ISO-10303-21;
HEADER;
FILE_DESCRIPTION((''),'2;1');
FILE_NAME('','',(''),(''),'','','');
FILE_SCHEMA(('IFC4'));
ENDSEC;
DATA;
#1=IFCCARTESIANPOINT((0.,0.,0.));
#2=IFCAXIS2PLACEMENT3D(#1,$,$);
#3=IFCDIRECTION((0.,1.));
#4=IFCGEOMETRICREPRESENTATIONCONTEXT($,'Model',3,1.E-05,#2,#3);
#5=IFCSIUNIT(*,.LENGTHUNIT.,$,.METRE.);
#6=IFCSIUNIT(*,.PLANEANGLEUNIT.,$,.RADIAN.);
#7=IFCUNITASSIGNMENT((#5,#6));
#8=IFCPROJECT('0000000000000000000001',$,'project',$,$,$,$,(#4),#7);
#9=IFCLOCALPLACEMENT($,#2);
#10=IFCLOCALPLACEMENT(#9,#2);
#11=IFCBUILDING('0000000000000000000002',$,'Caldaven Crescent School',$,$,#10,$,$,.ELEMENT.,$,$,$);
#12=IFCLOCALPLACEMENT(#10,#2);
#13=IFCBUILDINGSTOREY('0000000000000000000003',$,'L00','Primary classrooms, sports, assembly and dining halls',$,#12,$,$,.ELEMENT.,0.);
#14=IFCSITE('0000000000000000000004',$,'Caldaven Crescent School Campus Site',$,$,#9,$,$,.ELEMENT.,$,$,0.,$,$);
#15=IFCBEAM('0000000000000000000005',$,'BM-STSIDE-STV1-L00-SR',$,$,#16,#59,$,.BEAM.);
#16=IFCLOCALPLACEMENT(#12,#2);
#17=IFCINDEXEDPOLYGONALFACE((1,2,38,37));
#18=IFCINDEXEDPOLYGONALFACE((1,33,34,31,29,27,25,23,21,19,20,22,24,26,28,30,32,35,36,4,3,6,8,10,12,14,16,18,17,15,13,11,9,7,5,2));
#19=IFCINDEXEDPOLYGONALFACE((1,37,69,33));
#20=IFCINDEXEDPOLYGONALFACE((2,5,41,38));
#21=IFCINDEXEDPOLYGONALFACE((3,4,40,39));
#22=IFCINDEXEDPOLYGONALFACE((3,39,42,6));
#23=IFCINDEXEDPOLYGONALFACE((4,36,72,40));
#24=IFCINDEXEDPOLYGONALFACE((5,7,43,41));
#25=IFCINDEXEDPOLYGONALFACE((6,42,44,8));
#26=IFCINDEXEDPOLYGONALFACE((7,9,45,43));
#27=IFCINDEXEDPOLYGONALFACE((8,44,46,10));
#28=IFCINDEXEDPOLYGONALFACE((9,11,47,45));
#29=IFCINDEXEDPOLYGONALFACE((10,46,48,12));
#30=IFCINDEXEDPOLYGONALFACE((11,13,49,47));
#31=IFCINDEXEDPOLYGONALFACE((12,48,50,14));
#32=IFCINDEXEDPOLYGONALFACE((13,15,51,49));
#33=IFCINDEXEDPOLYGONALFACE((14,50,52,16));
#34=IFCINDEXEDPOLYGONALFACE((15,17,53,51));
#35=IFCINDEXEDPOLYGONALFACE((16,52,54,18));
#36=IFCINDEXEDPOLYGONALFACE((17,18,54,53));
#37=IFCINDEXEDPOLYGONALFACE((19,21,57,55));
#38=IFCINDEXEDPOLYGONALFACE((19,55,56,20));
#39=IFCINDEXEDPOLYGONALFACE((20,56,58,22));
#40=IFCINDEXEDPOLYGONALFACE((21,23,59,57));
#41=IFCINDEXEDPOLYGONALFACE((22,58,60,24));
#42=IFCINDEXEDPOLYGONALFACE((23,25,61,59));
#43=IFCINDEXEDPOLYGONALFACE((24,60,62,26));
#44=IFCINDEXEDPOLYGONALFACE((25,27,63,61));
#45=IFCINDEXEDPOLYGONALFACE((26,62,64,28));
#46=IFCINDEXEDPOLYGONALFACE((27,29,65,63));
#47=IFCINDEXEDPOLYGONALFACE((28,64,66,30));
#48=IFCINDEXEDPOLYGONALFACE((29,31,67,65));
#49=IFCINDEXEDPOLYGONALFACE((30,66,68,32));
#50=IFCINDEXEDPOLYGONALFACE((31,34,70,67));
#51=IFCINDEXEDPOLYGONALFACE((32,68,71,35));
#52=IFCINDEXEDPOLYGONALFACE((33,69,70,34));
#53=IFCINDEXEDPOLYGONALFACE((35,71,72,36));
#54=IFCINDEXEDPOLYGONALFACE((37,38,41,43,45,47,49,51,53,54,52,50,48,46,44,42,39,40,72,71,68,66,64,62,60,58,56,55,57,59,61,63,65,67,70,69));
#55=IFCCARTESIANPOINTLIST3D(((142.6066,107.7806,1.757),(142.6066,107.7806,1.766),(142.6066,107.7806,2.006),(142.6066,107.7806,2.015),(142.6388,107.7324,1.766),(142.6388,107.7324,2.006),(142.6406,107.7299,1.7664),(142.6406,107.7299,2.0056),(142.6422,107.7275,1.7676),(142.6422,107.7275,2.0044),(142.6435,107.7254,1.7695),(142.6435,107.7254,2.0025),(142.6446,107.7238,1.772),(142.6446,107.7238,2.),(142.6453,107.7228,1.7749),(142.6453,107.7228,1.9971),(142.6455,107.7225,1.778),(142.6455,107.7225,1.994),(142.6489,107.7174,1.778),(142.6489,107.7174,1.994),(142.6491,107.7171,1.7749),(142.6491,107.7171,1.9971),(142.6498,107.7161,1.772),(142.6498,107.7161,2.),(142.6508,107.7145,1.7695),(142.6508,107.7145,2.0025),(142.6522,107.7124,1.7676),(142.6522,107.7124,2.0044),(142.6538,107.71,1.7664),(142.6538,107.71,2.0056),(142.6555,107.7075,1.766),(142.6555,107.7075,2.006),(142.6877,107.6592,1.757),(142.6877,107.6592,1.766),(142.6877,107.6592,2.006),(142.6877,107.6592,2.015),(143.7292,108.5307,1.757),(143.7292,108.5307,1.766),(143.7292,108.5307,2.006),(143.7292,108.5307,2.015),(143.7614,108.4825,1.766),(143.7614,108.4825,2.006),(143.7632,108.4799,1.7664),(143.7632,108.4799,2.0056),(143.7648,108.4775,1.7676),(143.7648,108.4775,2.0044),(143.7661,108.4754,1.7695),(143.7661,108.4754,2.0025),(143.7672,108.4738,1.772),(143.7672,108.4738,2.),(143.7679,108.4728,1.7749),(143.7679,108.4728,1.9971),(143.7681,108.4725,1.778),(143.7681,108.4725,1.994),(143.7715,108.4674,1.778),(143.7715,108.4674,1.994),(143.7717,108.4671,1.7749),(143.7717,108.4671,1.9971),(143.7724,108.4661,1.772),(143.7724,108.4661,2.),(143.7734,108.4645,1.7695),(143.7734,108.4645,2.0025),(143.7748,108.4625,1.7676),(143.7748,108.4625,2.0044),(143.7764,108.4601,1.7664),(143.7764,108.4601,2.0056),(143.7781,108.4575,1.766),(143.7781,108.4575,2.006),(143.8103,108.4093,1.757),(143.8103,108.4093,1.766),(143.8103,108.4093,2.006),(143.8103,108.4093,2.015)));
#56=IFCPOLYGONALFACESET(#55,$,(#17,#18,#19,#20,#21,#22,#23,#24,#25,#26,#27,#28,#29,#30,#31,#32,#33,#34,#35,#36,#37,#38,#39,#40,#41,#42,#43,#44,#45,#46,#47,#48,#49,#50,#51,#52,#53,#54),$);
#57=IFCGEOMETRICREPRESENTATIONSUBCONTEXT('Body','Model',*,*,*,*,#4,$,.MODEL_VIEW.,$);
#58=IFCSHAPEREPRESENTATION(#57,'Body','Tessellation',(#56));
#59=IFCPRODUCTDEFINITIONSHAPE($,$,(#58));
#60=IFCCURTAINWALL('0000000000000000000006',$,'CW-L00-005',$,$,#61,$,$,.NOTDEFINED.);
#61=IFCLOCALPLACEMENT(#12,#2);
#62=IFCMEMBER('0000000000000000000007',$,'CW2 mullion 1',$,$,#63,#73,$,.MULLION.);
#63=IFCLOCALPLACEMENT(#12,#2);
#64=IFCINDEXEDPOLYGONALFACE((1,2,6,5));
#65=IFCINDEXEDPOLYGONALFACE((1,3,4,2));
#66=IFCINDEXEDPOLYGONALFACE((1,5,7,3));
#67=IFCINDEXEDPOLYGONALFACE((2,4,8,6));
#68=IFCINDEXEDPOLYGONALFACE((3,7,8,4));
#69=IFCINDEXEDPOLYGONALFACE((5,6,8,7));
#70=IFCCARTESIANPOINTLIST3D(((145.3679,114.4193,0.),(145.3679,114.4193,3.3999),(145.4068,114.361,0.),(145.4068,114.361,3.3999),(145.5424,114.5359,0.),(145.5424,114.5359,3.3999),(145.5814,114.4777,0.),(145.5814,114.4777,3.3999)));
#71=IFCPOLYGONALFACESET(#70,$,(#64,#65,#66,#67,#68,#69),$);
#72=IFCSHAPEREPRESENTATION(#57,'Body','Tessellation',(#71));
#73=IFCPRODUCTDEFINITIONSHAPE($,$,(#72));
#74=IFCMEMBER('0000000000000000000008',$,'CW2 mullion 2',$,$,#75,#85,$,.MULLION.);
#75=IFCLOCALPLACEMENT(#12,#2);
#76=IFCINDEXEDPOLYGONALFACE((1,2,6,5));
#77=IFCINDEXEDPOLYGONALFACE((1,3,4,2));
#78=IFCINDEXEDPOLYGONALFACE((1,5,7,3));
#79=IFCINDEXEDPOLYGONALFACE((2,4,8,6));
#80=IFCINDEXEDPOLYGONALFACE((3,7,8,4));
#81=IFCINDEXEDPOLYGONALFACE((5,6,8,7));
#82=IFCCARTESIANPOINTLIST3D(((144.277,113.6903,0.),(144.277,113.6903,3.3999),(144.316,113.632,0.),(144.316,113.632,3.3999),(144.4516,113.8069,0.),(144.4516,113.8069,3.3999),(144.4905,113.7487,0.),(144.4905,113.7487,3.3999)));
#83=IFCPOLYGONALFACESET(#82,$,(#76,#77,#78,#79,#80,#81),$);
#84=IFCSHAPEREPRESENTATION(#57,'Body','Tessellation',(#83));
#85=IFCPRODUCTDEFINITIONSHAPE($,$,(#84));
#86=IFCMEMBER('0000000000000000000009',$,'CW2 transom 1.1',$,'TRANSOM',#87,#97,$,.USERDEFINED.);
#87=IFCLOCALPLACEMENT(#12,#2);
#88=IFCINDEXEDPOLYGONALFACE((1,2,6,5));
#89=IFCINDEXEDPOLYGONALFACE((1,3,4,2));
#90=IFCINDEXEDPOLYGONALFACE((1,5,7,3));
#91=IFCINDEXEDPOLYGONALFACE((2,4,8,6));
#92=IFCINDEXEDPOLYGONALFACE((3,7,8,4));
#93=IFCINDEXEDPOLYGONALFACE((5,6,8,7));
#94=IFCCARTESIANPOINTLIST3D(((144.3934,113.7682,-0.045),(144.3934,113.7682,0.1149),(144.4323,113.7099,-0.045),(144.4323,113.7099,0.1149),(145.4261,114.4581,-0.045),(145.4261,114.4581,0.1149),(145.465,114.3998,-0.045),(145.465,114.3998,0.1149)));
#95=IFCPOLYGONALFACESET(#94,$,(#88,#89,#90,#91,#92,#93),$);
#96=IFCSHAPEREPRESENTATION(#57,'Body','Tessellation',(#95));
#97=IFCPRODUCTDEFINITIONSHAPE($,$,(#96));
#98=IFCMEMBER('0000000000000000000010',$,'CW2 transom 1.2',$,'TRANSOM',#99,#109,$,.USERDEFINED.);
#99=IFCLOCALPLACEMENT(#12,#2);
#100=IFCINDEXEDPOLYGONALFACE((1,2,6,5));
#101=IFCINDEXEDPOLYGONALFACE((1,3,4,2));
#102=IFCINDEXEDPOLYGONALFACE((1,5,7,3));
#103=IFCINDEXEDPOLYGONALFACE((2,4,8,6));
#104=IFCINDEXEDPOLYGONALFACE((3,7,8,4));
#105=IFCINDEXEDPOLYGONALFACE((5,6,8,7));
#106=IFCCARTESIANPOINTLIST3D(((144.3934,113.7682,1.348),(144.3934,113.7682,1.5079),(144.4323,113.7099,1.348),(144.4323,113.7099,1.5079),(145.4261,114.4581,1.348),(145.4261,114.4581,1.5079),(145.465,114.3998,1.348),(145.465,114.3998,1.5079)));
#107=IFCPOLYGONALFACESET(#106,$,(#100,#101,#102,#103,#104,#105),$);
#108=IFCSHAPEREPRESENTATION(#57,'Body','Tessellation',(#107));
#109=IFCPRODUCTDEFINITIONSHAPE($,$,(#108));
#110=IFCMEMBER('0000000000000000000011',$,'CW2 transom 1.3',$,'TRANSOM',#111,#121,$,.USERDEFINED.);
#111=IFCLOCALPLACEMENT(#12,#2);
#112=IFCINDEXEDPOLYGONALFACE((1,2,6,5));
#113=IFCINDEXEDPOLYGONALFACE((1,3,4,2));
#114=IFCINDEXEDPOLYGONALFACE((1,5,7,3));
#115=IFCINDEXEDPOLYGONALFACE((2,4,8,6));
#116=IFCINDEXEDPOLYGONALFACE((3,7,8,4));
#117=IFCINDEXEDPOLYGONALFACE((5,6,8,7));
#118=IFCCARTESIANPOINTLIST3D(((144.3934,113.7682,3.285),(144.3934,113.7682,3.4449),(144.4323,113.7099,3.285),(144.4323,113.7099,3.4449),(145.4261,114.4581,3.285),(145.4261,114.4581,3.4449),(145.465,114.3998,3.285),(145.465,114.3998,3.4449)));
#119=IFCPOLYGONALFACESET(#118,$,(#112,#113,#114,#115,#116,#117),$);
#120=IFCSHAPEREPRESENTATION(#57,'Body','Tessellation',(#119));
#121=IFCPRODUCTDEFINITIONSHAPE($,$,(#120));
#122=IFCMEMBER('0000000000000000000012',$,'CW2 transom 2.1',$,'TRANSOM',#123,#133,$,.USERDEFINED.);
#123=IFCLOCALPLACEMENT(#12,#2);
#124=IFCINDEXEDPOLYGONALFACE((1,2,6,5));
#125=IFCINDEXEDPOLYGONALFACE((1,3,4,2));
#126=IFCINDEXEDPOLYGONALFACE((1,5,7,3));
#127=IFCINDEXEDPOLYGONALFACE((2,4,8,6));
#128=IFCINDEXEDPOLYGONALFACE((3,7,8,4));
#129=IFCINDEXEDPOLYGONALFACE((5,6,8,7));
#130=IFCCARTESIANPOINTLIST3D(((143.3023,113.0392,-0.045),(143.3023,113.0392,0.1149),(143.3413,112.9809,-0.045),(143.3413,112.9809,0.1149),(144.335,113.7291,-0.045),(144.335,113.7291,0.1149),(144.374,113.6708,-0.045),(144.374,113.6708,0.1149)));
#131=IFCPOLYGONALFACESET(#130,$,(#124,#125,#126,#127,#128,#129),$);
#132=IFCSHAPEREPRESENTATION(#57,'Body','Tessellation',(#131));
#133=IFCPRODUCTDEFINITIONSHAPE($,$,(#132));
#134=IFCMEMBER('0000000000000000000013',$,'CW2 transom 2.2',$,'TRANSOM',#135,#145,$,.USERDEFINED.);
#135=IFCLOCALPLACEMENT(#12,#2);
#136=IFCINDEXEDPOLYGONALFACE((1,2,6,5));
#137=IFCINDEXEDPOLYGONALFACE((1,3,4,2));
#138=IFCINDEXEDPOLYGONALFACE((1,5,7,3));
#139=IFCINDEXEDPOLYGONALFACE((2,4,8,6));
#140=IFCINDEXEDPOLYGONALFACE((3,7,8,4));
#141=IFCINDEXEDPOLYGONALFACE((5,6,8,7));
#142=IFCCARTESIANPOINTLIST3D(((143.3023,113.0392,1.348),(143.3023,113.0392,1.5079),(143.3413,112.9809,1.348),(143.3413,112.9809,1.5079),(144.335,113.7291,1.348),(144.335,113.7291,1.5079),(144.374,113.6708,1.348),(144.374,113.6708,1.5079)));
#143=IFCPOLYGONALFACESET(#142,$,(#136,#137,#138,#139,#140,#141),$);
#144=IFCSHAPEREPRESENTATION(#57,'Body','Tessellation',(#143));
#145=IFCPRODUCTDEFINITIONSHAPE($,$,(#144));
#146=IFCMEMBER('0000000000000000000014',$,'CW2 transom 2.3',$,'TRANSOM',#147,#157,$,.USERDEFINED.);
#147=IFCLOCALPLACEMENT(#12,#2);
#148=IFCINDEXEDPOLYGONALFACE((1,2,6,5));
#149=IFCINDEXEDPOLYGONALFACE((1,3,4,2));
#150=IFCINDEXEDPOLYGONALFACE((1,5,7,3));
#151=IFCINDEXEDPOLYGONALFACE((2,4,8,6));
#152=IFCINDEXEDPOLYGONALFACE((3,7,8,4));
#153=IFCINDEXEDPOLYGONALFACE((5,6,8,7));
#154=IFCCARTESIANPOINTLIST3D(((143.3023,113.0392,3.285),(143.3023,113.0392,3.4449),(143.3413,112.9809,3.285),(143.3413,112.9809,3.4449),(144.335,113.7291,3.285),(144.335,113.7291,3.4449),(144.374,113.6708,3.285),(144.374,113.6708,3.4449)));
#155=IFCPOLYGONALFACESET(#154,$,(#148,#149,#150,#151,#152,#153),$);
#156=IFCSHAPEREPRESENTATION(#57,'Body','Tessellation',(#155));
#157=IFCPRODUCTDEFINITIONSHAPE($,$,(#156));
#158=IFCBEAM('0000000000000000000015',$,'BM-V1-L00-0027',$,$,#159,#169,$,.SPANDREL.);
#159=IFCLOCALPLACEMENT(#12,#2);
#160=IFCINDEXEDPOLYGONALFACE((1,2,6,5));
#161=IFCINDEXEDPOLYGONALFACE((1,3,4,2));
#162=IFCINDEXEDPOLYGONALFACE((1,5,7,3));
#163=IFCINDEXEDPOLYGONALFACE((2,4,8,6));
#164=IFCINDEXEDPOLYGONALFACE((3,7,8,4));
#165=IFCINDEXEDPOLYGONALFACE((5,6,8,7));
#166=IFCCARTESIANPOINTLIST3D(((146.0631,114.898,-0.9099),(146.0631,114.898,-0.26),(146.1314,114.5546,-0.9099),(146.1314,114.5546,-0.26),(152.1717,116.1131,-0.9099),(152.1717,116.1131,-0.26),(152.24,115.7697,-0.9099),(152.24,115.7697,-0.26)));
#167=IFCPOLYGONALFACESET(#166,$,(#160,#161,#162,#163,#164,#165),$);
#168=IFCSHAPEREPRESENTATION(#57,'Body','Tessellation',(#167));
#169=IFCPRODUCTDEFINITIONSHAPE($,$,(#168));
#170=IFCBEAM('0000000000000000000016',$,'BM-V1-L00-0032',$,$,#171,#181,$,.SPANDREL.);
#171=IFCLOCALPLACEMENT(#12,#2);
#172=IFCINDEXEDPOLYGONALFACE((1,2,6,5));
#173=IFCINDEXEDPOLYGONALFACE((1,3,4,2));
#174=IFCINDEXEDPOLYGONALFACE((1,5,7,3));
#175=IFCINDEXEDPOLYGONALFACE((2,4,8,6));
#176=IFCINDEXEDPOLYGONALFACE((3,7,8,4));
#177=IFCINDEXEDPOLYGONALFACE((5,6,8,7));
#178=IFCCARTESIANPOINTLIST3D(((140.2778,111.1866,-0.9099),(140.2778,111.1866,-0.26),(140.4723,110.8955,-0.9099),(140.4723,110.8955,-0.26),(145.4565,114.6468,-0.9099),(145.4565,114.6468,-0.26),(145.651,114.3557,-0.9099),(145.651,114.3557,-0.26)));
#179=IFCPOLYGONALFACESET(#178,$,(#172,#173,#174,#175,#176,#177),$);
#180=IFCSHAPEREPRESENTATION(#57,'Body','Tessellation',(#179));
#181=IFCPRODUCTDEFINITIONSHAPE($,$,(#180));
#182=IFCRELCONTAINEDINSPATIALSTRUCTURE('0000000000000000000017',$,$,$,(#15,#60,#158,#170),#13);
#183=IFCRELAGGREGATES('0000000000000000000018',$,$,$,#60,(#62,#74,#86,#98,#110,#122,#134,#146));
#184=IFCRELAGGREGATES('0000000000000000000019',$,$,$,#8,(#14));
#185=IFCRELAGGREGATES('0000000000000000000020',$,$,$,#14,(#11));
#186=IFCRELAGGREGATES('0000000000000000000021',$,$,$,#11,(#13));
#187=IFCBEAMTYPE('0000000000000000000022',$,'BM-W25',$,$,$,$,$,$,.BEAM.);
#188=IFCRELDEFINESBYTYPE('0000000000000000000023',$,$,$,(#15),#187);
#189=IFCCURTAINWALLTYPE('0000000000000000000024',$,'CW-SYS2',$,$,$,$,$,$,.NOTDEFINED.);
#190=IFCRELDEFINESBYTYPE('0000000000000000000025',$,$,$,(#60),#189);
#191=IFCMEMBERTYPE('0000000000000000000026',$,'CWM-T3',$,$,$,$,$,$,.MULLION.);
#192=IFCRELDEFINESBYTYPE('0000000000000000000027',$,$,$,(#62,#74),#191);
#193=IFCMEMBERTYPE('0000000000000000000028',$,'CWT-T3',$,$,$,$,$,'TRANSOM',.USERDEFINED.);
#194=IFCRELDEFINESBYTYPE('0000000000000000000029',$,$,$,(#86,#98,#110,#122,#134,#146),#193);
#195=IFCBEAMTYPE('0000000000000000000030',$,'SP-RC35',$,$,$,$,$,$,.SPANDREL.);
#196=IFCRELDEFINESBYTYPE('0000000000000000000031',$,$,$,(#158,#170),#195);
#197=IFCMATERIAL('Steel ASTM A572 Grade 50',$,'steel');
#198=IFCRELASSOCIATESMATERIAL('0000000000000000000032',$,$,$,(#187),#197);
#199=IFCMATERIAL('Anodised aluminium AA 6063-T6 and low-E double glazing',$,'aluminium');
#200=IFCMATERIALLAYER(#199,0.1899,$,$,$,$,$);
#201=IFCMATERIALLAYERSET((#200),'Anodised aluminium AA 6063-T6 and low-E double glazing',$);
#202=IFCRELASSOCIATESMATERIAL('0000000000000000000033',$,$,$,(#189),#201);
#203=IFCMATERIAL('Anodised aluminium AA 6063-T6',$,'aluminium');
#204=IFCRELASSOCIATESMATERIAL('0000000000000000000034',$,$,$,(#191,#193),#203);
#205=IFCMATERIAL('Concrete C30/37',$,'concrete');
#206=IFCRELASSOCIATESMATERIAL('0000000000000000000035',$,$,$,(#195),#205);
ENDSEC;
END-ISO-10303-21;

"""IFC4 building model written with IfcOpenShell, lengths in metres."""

from ifc_helpers import new_model, si_unit, direction, frame, origin, origin_2d, place, context, subcontext, project, spatial, rectangle, i_section, extrude, material, layer, layer_set, material_profile, profile_set, type_object, element, aggregate, save


model = new_model("IFC4")

# Units and contexts
model_context = context("Model", 3, precision=1e-05, world=origin(), true_north=direction((0.0, 1.0)))
body_context = subcontext(model_context, "Body", "Model", "MODEL_VIEW")
ifc_project = project(units=[si_unit("LENGTHUNIT", "METRE"), si_unit("PLANEANGLEUNIT", "RADIAN")], contexts=[model_context])

# Site, building, storey
site_placement = place(None, origin())
site = spatial("IfcSite", under=ifc_project, at=site_placement, Name="Caldaven Crescent School Campus Site", CompositionType="ELEMENT", RefElevation=0.0)
building_placement = place(site_placement, origin())
building = spatial("IfcBuilding", under=site, at=building_placement, Name="Caldaven Crescent School", CompositionType="ELEMENT")
storey_placement = place(building_placement, origin())
storey = spatial("IfcBuildingStorey", under=building, at=storey_placement, Name="L00", Description="Primary classrooms, sports, assembly and dining halls", CompositionType="ELEMENT", Elevation=0.0)

# Shared definitions
ifc_material_1 = material(Name="Steel ASTM A572 Grade 50", Category="steel")

# Beam
ifc_material_2 = material(Name="Concrete C30/37", Category="concrete")
ifc_material_profile_1 = material_profile(ifc_material_1, i_section(OverallWidth=0.146, OverallDepth=0.2581, WebThickness=0.0061, FlangeThickness=0.009, FilletRadius=0.012, at=origin_2d()), Name="W250x33")
ifc_profile_set_1 = profile_set([ifc_material_profile_1], Name="Steel ASTM A572 Grade 50")
beam_type_1 = type_object("IfcBeamType", Name="BM-W25", PredefinedType="BEAM", material=ifc_profile_set_1)
beam_1_placement = place(storey_placement, frame((143.7698, 108.47, 1.886), z_axis=(-0.831493, -0.555535, 0.0), x_axis=(0.555535, -0.831493, 0.0)))
element("IfcBeam", 1, at=beam_1_placement, inside=storey, type_object=beam_type_1, Name="BM-STSIDE-STV1-L00-SR", PredefinedType="BEAM", context=body_context, shape_type="SweptSolid", body=[
    extrude(i_section(OverallWidth=0.146, OverallDepth=0.2581, WebThickness=0.0061, FlangeThickness=0.009, FilletRadius=0.012, at=origin_2d()), origin(), (0.0, 0.0, 1.0), 1.3501),
])

# Curtain wall, members
ifc_material_3 = material(Name="Anodised aluminium AA 6063-T6 and low-E double glazing", Category="aluminium")
ifc_layer_1 = layer(ifc_material_3, 0.1899)
ifc_layer_set_1 = layer_set([ifc_layer_1], Name="Anodised aluminium AA 6063-T6 and low-E double glazing")
curtain_wall_type = type_object("IfcCurtainWallType", Name="CW-SYS2", PredefinedType="NOTDEFINED", material=ifc_layer_set_1)
curtain_wall_placement = place(storey_placement, origin())
curtain_wall = element("IfcCurtainWall", 2, at=curtain_wall_placement, inside=storey, type_object=curtain_wall_type, Name="CW-L00-005", PredefinedType="NOTDEFINED")
ifc_material_4 = material(Name="Anodised aluminium AA 6063-T6", Category="aluminium")
ifc_material_profile_2 = material_profile(ifc_material_4, rectangle(XDim=0.0701, YDim=0.21, at=origin_2d()), Name="CWM 70x210")
ifc_profile_set_2 = profile_set([ifc_material_profile_2], Name="Anodised aluminium AA 6063-T6")
member_type_1 = type_object("IfcMemberType", Name="CWM-T3", PredefinedType="MULLION", material=ifc_profile_set_2)
member_1_placement = place(storey_placement, frame((145.4746, 114.4485, 0.0), z_axis=(0.0, 0.0, 1.0), x_axis=(0.555569, -0.83147, 0.0)))
member_1 = element("IfcMember", 3, at=member_1_placement, type_object=member_type_1, Name="CW2 mullion 1", PredefinedType="MULLION", context=body_context, shape_type="SweptSolid", body=[
    extrude(rectangle(XDim=0.0701, YDim=0.21, at=origin_2d()), origin(), (0.0, 0.0, 1.0), 3.3999),
])
member_2_placement = place(storey_placement, frame((144.3838, 113.7195, 0.0), z_axis=(0.0, 0.0, 1.0), x_axis=(0.555569, -0.83147, 0.0)))
member_2 = element("IfcMember", 4, at=member_2_placement, type_object=member_type_1, Name="CW2 mullion 2", PredefinedType="MULLION", context=body_context, shape_type="SweptSolid", body=[
    extrude(rectangle(XDim=0.0701, YDim=0.21, at=origin_2d()), origin(), (0.0, 0.0, 1.0), 3.3999),
])
ifc_material_profile_3 = material_profile(ifc_material_4, rectangle(XDim=0.0701, YDim=0.1599, at=origin_2d()), Name="CWT 70x160")
ifc_profile_set_3 = profile_set([ifc_material_profile_3], Name="Anodised aluminium AA 6063-T6")
member_type_2 = type_object("IfcMemberType", Name="CWT-T3", ElementType="TRANSOM", PredefinedType="USERDEFINED", material=ifc_profile_set_3)
member_3_placement = place(storey_placement, frame((145.4456, 114.429, 0.0349), z_axis=(-0.831506, -0.555516, 0.0), x_axis=(0.555516, -0.831506, 0.0)))
member_3 = element("IfcMember", 5, at=member_3_placement, type_object=member_type_2, Name="CW2 transom 1.1", ObjectType="TRANSOM", PredefinedType="USERDEFINED", context=body_context, shape_type="SweptSolid", body=[
    extrude(rectangle(XDim=0.0701, YDim=0.1599, at=origin_2d()), origin(), (0.0, 0.0, 1.0), 1.2419),
])
member_4_placement = place(storey_placement, frame((145.4456, 114.429, 1.428), z_axis=(-0.831506, -0.555516, 0.0), x_axis=(0.555516, -0.831506, 0.0)))
member_4 = element("IfcMember", 6, at=member_4_placement, type_object=member_type_2, Name="CW2 transom 1.2", ObjectType="TRANSOM", PredefinedType="USERDEFINED", context=body_context, shape_type="SweptSolid", body=[
    extrude(rectangle(XDim=0.0701, YDim=0.1599, at=origin_2d()), origin(), (0.0, 0.0, 1.0), 1.2419),
])
member_5_placement = place(storey_placement, frame((145.4456, 114.429, 3.365), z_axis=(-0.831506, -0.555516, 0.0), x_axis=(0.555516, -0.831506, 0.0)))
member_5 = element("IfcMember", 7, at=member_5_placement, type_object=member_type_2, Name="CW2 transom 1.3", ObjectType="TRANSOM", PredefinedType="USERDEFINED", context=body_context, shape_type="SweptSolid", body=[
    extrude(rectangle(XDim=0.0701, YDim=0.1599, at=origin_2d()), origin(), (0.0, 0.0, 1.0), 1.2419),
])
member_6_placement = place(storey_placement, frame((144.3545, 113.7, 0.0349), z_axis=(-0.831506, -0.555516, 0.0), x_axis=(0.555516, -0.831506, 0.0)))
member_6 = element("IfcMember", 8, at=member_6_placement, type_object=member_type_2, Name="CW2 transom 2.1", ObjectType="TRANSOM", PredefinedType="USERDEFINED", context=body_context, shape_type="SweptSolid", body=[
    extrude(rectangle(XDim=0.0701, YDim=0.1599, at=origin_2d()), origin(), (0.0, 0.0, 1.0), 1.2419),
])
member_7_placement = place(storey_placement, frame((144.3545, 113.7, 1.428), z_axis=(-0.831506, -0.555516, 0.0), x_axis=(0.555516, -0.831506, 0.0)))
member_7 = element("IfcMember", 9, at=member_7_placement, type_object=member_type_2, Name="CW2 transom 2.2", ObjectType="TRANSOM", PredefinedType="USERDEFINED", context=body_context, shape_type="SweptSolid", body=[
    extrude(rectangle(XDim=0.0701, YDim=0.1599, at=origin_2d()), origin(), (0.0, 0.0, 1.0), 1.2419),
])
member_8_placement = place(storey_placement, frame((144.3545, 113.7, 3.365), z_axis=(-0.831506, -0.555516, 0.0), x_axis=(0.555516, -0.831506, 0.0)))
member_8 = element("IfcMember", 10, at=member_8_placement, type_object=member_type_2, Name="CW2 transom 2.3", ObjectType="TRANSOM", PredefinedType="USERDEFINED", context=body_context, shape_type="SweptSolid", body=[
    extrude(rectangle(XDim=0.0701, YDim=0.1599, at=origin_2d()), origin(), (0.0, 0.0, 1.0), 1.2419),
])

# Beams
ifc_material_profile_4 = material_profile(ifc_material_2, rectangle(XDim=0.3501, YDim=0.6499, at=origin_2d()), Name="RC 350x650")
ifc_profile_set_4 = profile_set([ifc_material_profile_4], Name="Concrete C30/37")
beam_type_2 = type_object("IfcBeamType", Name="SP-RC35", PredefinedType="SPANDREL", material=ifc_profile_set_4)
for number, where, z_axis, x_axis, name in (
    (11, (152.2058, 115.9414, -0.585), (-0.980785, -0.195091, 0.0), (0.195091, -0.980785, 0.0), "BM-V1-L00-0027"),
    (12, (145.5537, 114.5012, -0.585), (-0.831477, -0.555559, 0.0), (0.555559, -0.831477, 0.0), "BM-V1-L00-0032"),
):
    element("IfcBeam", number, at=place(storey_placement, frame(where, z_axis=z_axis, x_axis=x_axis)), inside=storey, type_object=beam_type_2, Name=name, PredefinedType="SPANDREL", context=body_context, shape_type="SweptSolid", body=[
        extrude(rectangle(XDim=0.3501, YDim=0.6499, at=origin_2d()), origin(), (0.0, 0.0, 1.0), 6.2283),
    ])

aggregate(curtain_wall, [member_1, member_2, member_3, member_4, member_5, member_6, member_7, member_8])

save(model, "model.ifc")
